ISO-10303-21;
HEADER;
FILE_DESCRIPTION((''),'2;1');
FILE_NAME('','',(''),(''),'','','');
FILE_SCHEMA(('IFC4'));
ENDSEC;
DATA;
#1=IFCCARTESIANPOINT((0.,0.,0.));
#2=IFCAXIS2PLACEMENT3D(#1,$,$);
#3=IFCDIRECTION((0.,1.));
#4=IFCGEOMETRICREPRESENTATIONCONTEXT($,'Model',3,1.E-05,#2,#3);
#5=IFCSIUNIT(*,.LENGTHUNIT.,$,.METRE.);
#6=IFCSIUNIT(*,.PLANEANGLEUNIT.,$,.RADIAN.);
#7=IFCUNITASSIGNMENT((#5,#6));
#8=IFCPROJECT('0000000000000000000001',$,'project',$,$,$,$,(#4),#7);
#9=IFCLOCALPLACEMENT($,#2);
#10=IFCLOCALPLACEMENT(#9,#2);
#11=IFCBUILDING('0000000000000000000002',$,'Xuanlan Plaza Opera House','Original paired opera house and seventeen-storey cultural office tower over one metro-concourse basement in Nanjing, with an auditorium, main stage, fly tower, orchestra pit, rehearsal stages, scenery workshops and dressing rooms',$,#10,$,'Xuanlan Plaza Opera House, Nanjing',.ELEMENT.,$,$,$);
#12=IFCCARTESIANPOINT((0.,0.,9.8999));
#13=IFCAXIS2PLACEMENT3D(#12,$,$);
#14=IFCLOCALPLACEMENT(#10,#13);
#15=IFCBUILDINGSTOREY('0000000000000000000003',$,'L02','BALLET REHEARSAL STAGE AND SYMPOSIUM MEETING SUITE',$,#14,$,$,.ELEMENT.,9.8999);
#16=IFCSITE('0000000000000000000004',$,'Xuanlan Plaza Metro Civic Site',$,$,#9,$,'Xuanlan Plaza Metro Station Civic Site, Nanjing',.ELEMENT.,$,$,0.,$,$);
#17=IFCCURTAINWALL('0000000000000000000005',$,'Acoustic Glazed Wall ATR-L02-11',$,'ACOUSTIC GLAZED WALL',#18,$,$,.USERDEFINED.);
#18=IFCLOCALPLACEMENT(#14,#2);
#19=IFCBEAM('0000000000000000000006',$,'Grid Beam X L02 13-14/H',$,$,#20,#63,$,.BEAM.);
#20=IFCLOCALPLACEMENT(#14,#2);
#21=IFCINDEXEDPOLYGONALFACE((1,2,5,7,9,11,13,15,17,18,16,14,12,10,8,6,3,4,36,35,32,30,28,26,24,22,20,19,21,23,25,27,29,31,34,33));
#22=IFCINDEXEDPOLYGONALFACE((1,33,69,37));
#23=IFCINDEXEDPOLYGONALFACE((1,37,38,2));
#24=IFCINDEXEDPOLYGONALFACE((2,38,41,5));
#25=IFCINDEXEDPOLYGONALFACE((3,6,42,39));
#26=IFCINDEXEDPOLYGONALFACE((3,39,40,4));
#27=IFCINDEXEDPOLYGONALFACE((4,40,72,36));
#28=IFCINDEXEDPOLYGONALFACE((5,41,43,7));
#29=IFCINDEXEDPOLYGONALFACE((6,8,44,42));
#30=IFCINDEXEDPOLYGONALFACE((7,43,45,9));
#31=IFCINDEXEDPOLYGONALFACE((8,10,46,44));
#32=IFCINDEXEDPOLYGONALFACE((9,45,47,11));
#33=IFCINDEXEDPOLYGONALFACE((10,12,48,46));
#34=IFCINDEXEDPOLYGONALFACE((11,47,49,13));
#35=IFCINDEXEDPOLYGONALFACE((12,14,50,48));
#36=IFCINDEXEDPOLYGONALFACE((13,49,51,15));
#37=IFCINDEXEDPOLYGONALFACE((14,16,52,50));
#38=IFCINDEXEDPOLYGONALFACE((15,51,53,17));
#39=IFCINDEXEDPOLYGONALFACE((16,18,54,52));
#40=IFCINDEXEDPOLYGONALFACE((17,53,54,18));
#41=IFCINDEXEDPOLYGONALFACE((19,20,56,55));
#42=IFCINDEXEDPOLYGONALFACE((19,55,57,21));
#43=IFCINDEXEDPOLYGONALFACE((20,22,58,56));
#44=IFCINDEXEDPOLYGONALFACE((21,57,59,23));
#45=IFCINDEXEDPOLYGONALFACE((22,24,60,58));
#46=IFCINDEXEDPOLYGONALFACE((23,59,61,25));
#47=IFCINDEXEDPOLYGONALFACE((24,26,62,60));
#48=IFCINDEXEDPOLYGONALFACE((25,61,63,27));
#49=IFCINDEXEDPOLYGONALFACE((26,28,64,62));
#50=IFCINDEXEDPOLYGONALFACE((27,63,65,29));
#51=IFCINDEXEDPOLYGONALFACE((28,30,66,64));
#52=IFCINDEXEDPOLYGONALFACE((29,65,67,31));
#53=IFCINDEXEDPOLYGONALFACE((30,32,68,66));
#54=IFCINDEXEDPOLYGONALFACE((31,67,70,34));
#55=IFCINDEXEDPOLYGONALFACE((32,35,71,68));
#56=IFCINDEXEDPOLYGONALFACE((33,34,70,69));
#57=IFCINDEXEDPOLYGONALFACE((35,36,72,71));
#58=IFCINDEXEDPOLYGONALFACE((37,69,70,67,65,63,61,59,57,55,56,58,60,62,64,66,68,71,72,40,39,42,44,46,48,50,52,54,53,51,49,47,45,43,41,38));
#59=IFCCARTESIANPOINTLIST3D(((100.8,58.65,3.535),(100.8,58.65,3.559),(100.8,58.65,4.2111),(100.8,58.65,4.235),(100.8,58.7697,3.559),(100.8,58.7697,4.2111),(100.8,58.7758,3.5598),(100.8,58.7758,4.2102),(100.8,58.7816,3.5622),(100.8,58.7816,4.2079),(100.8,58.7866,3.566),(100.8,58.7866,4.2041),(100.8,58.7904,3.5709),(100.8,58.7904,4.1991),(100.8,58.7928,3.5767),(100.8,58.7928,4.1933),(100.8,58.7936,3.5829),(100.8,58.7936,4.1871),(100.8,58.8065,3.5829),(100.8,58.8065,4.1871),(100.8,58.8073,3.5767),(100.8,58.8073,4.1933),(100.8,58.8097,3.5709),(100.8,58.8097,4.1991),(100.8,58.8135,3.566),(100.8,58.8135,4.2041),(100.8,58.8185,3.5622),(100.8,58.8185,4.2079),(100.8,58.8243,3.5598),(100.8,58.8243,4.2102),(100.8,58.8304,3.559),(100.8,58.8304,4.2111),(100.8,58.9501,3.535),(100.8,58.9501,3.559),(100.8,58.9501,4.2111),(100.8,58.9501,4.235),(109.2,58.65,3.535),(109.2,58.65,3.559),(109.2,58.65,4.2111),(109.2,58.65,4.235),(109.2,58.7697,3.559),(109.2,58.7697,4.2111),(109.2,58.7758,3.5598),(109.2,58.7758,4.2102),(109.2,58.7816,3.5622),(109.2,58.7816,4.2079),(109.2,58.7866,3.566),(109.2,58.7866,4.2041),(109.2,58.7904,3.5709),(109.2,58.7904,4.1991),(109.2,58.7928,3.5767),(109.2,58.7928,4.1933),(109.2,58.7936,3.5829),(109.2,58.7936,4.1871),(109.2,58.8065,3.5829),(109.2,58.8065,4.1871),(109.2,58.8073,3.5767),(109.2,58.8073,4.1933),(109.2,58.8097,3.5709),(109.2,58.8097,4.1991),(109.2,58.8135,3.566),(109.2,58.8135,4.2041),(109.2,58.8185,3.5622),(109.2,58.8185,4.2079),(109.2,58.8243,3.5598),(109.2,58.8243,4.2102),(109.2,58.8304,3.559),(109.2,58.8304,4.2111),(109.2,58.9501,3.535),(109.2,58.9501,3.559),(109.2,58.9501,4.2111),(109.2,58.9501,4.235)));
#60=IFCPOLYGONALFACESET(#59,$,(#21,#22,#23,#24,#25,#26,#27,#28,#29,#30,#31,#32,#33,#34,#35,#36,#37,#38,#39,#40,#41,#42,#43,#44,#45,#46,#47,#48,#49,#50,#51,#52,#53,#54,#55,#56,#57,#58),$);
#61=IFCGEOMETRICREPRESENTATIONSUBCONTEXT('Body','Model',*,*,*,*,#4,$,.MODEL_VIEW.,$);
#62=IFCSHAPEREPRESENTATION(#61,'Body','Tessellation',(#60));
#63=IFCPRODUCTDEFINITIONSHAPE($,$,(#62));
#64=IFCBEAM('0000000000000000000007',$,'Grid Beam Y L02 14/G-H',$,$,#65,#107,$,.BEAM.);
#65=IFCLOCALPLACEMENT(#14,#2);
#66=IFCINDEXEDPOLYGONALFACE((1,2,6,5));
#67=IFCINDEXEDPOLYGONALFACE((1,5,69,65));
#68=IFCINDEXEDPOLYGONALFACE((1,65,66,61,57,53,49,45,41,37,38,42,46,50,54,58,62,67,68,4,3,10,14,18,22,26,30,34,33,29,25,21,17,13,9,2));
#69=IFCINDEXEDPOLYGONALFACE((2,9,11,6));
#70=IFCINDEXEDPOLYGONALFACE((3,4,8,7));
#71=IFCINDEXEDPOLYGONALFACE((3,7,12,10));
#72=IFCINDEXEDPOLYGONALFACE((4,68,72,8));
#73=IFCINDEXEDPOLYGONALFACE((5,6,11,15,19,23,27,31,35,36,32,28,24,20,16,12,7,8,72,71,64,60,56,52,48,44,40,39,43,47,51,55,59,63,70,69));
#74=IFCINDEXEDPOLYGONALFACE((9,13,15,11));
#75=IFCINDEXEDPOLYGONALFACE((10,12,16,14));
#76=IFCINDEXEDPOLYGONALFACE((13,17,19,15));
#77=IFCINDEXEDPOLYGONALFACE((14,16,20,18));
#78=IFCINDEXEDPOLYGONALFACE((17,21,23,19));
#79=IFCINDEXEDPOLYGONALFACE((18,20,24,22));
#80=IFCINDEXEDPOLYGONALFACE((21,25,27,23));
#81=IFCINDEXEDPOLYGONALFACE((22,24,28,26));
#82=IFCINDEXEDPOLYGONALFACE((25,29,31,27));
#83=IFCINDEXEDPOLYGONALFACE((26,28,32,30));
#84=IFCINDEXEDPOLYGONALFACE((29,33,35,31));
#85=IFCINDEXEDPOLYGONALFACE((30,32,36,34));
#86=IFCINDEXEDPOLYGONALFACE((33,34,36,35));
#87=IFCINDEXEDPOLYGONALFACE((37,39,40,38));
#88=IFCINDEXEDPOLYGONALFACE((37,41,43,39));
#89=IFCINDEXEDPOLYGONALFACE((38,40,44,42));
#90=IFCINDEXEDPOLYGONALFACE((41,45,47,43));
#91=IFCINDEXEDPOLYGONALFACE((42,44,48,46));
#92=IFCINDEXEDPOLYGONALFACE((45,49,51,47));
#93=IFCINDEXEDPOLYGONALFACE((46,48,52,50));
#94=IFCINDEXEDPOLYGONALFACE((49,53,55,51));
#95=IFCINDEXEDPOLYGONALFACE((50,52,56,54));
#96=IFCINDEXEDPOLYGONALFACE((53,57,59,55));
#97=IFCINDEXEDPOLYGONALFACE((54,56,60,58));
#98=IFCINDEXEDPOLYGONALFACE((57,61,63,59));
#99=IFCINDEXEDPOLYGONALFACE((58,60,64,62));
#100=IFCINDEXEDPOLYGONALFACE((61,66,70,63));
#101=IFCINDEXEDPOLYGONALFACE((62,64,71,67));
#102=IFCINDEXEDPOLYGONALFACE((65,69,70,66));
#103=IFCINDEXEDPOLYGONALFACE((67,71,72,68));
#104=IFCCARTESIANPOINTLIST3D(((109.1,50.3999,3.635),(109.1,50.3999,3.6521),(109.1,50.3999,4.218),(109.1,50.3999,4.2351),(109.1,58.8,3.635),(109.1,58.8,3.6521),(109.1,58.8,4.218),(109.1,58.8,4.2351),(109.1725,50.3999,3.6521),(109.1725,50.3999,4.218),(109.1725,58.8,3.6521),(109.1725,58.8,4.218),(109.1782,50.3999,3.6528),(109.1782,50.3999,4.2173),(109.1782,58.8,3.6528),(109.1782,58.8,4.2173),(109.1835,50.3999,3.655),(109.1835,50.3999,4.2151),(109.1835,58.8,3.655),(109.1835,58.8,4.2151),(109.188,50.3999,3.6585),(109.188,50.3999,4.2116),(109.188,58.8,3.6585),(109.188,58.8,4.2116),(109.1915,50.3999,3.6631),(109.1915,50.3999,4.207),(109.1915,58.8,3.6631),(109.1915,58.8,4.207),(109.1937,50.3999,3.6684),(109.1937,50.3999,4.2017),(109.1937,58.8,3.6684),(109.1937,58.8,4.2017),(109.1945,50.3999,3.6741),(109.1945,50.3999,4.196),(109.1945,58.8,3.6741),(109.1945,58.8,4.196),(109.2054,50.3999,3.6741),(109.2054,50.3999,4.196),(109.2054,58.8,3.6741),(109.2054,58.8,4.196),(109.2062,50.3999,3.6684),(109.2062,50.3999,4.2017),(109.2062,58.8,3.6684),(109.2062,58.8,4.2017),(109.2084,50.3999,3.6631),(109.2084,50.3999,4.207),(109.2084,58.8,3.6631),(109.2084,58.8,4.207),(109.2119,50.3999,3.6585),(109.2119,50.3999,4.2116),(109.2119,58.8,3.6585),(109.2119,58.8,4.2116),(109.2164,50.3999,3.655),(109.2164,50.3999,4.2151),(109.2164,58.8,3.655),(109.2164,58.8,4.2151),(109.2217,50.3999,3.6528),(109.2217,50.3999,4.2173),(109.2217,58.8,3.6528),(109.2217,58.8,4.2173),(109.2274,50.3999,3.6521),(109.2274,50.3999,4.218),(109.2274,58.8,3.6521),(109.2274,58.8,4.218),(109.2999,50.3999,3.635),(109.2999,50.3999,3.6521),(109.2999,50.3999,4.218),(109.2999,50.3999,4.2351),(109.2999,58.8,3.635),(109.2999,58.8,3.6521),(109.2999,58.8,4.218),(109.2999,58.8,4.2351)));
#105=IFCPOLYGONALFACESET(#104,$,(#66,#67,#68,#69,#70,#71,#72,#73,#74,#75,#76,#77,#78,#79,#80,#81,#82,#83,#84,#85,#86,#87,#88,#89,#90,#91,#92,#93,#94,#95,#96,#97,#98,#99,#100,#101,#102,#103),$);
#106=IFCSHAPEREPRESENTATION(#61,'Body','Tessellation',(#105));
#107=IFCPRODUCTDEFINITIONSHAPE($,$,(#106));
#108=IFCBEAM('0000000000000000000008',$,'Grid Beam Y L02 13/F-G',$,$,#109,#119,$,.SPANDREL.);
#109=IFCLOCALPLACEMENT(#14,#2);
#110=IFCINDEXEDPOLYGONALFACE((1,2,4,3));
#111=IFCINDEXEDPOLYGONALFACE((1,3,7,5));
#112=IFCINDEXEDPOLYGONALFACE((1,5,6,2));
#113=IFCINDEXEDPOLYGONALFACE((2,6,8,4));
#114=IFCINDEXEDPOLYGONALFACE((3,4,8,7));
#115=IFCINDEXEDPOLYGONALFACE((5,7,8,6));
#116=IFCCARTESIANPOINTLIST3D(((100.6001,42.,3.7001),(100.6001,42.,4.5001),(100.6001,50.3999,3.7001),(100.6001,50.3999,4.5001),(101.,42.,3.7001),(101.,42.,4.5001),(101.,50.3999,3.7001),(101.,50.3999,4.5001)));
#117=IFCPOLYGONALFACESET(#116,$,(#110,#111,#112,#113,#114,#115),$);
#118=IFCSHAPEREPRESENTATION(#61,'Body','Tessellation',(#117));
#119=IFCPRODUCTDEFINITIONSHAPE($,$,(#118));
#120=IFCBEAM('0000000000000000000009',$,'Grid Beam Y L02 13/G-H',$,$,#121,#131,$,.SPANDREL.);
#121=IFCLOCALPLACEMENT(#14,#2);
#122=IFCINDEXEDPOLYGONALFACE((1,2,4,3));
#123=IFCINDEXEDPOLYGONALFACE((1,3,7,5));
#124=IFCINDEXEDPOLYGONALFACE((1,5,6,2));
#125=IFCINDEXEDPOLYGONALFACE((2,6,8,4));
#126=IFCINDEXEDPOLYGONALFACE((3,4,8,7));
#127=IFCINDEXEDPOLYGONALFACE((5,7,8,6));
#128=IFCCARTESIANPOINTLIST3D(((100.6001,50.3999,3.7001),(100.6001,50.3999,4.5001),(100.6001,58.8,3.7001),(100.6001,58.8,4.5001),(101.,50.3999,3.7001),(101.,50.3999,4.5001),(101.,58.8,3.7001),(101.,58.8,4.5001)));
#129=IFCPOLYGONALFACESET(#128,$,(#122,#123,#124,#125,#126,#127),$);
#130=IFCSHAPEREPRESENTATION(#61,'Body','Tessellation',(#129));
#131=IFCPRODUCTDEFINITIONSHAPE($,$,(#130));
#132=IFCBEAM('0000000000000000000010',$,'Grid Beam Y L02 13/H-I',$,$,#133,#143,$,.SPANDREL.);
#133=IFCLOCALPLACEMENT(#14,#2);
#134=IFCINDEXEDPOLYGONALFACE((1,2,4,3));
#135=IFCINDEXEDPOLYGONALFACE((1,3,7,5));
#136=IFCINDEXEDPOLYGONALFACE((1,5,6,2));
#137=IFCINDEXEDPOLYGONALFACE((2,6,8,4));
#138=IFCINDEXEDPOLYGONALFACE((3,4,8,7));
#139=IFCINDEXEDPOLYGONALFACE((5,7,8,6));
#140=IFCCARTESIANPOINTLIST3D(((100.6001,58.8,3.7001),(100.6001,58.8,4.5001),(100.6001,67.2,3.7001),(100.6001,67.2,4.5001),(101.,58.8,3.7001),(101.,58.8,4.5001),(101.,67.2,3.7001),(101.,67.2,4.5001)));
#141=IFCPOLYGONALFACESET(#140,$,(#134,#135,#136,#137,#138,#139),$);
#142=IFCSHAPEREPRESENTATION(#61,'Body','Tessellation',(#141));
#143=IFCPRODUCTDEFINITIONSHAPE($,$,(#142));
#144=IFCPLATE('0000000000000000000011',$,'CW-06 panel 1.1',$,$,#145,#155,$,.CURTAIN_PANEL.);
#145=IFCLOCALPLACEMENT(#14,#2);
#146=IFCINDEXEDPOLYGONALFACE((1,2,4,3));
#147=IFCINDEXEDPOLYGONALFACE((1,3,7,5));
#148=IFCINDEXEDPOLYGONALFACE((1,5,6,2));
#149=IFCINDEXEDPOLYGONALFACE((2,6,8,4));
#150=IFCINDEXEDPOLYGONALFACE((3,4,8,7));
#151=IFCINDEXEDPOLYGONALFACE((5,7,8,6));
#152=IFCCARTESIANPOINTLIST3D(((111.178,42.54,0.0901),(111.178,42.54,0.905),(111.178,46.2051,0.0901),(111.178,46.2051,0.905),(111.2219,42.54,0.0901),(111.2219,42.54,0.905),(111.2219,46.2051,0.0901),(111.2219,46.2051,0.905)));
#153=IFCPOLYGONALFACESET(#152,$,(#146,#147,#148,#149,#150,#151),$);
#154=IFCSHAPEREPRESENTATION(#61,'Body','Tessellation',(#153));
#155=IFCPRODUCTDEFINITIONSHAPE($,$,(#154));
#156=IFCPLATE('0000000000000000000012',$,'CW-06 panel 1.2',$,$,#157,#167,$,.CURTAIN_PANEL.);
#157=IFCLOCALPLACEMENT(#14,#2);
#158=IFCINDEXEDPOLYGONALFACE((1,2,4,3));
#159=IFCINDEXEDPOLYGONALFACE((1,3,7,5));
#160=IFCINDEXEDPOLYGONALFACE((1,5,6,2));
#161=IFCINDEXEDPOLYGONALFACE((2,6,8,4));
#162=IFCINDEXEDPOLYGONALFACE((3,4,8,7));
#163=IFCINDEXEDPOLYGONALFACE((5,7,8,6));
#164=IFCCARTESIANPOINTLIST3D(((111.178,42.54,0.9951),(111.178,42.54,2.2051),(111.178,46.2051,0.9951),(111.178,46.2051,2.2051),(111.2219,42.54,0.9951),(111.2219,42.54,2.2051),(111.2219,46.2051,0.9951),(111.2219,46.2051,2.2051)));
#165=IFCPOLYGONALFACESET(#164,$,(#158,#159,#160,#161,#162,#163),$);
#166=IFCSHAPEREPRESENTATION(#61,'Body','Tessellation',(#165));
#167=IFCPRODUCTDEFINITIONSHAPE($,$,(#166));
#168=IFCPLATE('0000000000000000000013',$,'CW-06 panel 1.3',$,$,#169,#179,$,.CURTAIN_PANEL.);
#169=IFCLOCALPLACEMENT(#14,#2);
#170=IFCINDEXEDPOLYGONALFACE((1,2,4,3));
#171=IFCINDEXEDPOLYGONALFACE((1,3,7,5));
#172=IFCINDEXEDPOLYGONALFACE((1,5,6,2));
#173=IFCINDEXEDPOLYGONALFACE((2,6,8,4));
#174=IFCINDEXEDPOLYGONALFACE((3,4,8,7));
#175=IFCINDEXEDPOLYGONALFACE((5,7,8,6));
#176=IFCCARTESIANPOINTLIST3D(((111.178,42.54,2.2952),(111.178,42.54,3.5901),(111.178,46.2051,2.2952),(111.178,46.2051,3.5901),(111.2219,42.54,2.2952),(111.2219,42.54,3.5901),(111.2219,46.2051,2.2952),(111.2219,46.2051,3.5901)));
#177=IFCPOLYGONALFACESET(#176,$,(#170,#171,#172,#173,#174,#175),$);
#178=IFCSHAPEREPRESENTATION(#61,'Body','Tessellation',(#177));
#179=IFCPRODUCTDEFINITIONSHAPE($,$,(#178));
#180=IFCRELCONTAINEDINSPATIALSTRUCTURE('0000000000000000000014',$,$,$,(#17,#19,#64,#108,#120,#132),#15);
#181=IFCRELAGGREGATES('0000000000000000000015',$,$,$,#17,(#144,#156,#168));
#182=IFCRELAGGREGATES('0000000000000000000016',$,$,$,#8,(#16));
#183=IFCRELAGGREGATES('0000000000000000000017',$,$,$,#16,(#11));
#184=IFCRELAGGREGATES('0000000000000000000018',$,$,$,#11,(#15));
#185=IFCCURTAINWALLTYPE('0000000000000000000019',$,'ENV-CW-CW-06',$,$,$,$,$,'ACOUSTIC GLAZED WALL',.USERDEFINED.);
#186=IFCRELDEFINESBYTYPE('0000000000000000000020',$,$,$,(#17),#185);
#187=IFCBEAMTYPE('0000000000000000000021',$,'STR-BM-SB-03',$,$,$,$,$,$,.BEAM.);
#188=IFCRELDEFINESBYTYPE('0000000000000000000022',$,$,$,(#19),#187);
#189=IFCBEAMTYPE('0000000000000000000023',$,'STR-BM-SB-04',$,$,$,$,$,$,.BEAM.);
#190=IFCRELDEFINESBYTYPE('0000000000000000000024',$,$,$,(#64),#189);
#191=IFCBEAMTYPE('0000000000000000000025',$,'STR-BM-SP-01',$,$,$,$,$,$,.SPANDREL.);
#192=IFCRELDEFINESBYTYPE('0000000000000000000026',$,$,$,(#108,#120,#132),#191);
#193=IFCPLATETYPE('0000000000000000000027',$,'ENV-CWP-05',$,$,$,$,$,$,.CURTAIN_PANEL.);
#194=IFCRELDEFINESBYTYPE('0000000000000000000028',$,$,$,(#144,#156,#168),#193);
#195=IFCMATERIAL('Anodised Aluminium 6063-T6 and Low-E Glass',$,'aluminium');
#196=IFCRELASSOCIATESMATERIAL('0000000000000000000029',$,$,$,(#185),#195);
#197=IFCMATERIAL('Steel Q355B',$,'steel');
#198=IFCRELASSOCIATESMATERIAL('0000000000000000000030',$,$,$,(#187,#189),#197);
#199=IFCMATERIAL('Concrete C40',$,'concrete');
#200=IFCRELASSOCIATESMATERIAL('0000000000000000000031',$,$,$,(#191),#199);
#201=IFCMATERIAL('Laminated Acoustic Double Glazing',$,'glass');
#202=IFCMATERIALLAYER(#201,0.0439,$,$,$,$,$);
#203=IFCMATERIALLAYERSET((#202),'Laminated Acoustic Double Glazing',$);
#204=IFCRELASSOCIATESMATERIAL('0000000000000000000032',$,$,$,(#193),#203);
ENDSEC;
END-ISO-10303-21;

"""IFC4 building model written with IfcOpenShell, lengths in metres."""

from ifc_helpers import new_model, si_unit, direction, frame, origin, origin_2d, place, context, subcontext, project, spatial, rectangle, i_section, extrude, material, layer, layer_set, material_profile, profile_set, type_object, element, aggregate, save


model = new_model("IFC4")

# Units and contexts
model_context = context("Model", 3, precision=1e-05, world=origin(), true_north=direction((0.0, 1.0)))
body_context = subcontext(model_context, "Body", "Model", "MODEL_VIEW")
ifc_project = project(units=[si_unit("LENGTHUNIT", "METRE"), si_unit("PLANEANGLEUNIT", "RADIAN")], contexts=[model_context])

# Site, building, storey
site_placement = place(None, origin())
site = spatial("IfcSite", under=ifc_project, at=site_placement, Name="Xuanlan Plaza Metro Civic Site", LongName="Xuanlan Plaza Metro Station Civic Site, Nanjing", CompositionType="ELEMENT", RefElevation=0.0)
building_placement = place(site_placement, origin())
building = spatial("IfcBuilding", under=site, at=building_placement, Name="Xuanlan Plaza Opera House", Description="Original paired opera house and seventeen-storey cultural office tower over one metro-concourse basement in Nanjing, with an auditorium, main stage, fly tower, orchestra pit, rehearsal stages, scenery workshops and dressing rooms", LongName="Xuanlan Plaza Opera House, Nanjing", CompositionType="ELEMENT")
storey_placement = place(building_placement, frame((0.0, 0.0, 9.8999)))
storey = spatial("IfcBuildingStorey", under=building, at=storey_placement, Name="L02", Description="BALLET REHEARSAL STAGE AND SYMPOSIUM MEETING SUITE", CompositionType="ELEMENT", Elevation=9.8999)

# Shared definitions
ifc_material_1 = material(Name="Steel Q355B", Category="steel")

# Curtain wall
ifc_material_2 = material(Name="Anodised Aluminium 6063-T6 and Low-E Glass", Category="aluminium")
curtain_wall_type = type_object("IfcCurtainWallType", Name="ENV-CW-CW-06", ElementType="ACOUSTIC GLAZED WALL", PredefinedType="USERDEFINED", material=ifc_material_2)
curtain_wall_placement = place(storey_placement, origin())
curtain_wall = element("IfcCurtainWall", 1, at=curtain_wall_placement, inside=storey, type_object=curtain_wall_type, Name="Acoustic Glazed Wall ATR-L02-11", ObjectType="ACOUSTIC GLAZED WALL", PredefinedType="USERDEFINED")

# Beams
ifc_material_3 = material(Name="Concrete C40", Category="concrete")
ifc_material_profile_1 = material_profile(ifc_material_1, i_section(OverallWidth=0.3, OverallDepth=0.7, WebThickness=0.0129, FlangeThickness=0.0239, FilletRadius=0.0239, at=origin_2d()), Name="HN 700x300x13x24")
ifc_profile_set_1 = profile_set([ifc_material_profile_1], Name="Steel Q355B")
beam_type_1 = type_object("IfcBeamType", Name="STR-BM-SB-03", PredefinedType="BEAM", material=ifc_profile_set_1)
beam_1_placement = place(storey_placement, frame((100.8, 58.8, 3.885), z_axis=(1.0, 0.0, 0.0), x_axis=(0.0, 1.0, 0.0)))
element("IfcBeam", 2, at=beam_1_placement, inside=storey, type_object=beam_type_1, Name="Grid Beam X L02 13-14/H", PredefinedType="BEAM", context=body_context, shape_type="SweptSolid", body=[
    extrude(i_section(OverallWidth=0.3, OverallDepth=0.7, WebThickness=0.0129, FlangeThickness=0.0239, FilletRadius=0.0239, at=origin_2d()), origin(), (0.0, 0.0, 1.0), 8.3999),
])
ifc_material_profile_2 = material_profile(ifc_material_1, i_section(OverallWidth=0.2, OverallDepth=0.6001, WebThickness=0.011, FlangeThickness=0.0171, FilletRadius=0.022, at=origin_2d()), Name="HN 600x200x11x17")
ifc_profile_set_2 = profile_set([ifc_material_profile_2], Name="Steel Q355B")
beam_type_2 = type_object("IfcBeamType", Name="STR-BM-SB-04", PredefinedType="BEAM", material=ifc_profile_set_2)
beam_2_placement = place(storey_placement, frame((109.2, 50.3999, 3.9351), z_axis=(0.0, 1.0, 0.0), x_axis=(-1.0, 0.0, 0.0)))
element("IfcBeam", 3, at=beam_2_placement, inside=storey, type_object=beam_type_2, Name="Grid Beam Y L02 14/G-H", PredefinedType="BEAM", context=body_context, shape_type="SweptSolid", body=[
    extrude(i_section(OverallWidth=0.2, OverallDepth=0.6001, WebThickness=0.011, FlangeThickness=0.0171, FilletRadius=0.022, at=origin_2d()), origin(), (0.0, 0.0, 1.0), 8.4001),
])
ifc_material_profile_3 = material_profile(ifc_material_3, rectangle(XDim=0.3999, YDim=0.8, at=origin_2d()), Name="RC-SPD 400x800")
ifc_profile_set_3 = profile_set([ifc_material_profile_3], Name="Concrete C40")
beam_type_3 = type_object("IfcBeamType", Name="STR-BM-SP-01", PredefinedType="SPANDREL", material=ifc_profile_set_3)
beam_3_placement = place(storey_placement, frame((100.8, 42.0, 4.1001), z_axis=(0.0, 1.0, 0.0), x_axis=(-1.0, 0.0, 0.0)))
element("IfcBeam", 4, at=beam_3_placement, inside=storey, type_object=beam_type_3, Name="Grid Beam Y L02 13/F-G", PredefinedType="SPANDREL", context=body_context, shape_type="SweptSolid", body=[
    extrude(rectangle(XDim=0.3999, YDim=0.8, at=origin_2d()), origin(), (0.0, 0.0, 1.0), 8.3999),
])
beam_4_placement = place(storey_placement, frame((100.8, 50.3999, 4.1001), z_axis=(0.0, 1.0, 0.0), x_axis=(-1.0, 0.0, 0.0)))
element("IfcBeam", 5, at=beam_4_placement, inside=storey, type_object=beam_type_3, Name="Grid Beam Y L02 13/G-H", PredefinedType="SPANDREL", context=body_context, shape_type="SweptSolid", body=[
    extrude(rectangle(XDim=0.3999, YDim=0.8, at=origin_2d()), origin(), (0.0, 0.0, 1.0), 8.4001),
])
beam_5_placement = place(storey_placement, frame((100.8, 58.8, 4.1001), z_axis=(0.0, 1.0, 0.0), x_axis=(-1.0, 0.0, 0.0)))
element("IfcBeam", 6, at=beam_5_placement, inside=storey, type_object=beam_type_3, Name="Grid Beam Y L02 13/H-I", PredefinedType="SPANDREL", context=body_context, shape_type="SweptSolid", body=[
    extrude(rectangle(XDim=0.3999, YDim=0.8, at=origin_2d()), origin(), (0.0, 0.0, 1.0), 8.3999),
])

# Plates
ifc_material_4 = material(Name="Laminated Acoustic Double Glazing", Category="glass")
ifc_layer_1 = layer(ifc_material_4, 0.0439)
ifc_layer_set_1 = layer_set([ifc_layer_1], Name="Laminated Acoustic Double Glazing")
plate_type = type_object("IfcPlateType", Name="ENV-CWP-05", PredefinedType="CURTAIN_PANEL", material=ifc_layer_set_1)
plate_1_placement = place(storey_placement, frame((111.2, 44.3726, 0.0901), z_axis=(0.0, 0.0, 1.0), x_axis=(0.0, 1.0, 0.0)))
plate_1 = element("IfcPlate", 7, at=plate_1_placement, type_object=plate_type, Name="CW-06 panel 1.1", PredefinedType="CURTAIN_PANEL", context=body_context, shape_type="SweptSolid", body=[
    extrude(rectangle(XDim=3.665, YDim=0.0439, at=origin_2d()), origin(), (0.0, 0.0, 1.0), 0.8149),
])
plate_2_placement = place(storey_placement, frame((111.2, 44.3726, 0.9951), z_axis=(0.0, 0.0, 1.0), x_axis=(0.0, 1.0, 0.0)))
plate_2 = element("IfcPlate", 8, at=plate_2_placement, type_object=plate_type, Name="CW-06 panel 1.2", PredefinedType="CURTAIN_PANEL", context=body_context, shape_type="SweptSolid", body=[
    extrude(rectangle(XDim=3.665, YDim=0.0439, at=origin_2d()), origin(), (0.0, 0.0, 1.0), 1.21),
])
plate_3_placement = place(storey_placement, frame((111.2, 44.3726, 2.2952), z_axis=(0.0, 0.0, 1.0), x_axis=(0.0, 1.0, 0.0)))
plate_3 = element("IfcPlate", 9, at=plate_3_placement, type_object=plate_type, Name="CW-06 panel 1.3", PredefinedType="CURTAIN_PANEL", context=body_context, shape_type="SweptSolid", body=[
    extrude(rectangle(XDim=3.665, YDim=0.0439, at=origin_2d()), origin(), (0.0, 0.0, 1.0), 1.2949),
])
aggregate(curtain_wall, [plate_1, plate_2, plate_3])

save(model, "model.ifc")
